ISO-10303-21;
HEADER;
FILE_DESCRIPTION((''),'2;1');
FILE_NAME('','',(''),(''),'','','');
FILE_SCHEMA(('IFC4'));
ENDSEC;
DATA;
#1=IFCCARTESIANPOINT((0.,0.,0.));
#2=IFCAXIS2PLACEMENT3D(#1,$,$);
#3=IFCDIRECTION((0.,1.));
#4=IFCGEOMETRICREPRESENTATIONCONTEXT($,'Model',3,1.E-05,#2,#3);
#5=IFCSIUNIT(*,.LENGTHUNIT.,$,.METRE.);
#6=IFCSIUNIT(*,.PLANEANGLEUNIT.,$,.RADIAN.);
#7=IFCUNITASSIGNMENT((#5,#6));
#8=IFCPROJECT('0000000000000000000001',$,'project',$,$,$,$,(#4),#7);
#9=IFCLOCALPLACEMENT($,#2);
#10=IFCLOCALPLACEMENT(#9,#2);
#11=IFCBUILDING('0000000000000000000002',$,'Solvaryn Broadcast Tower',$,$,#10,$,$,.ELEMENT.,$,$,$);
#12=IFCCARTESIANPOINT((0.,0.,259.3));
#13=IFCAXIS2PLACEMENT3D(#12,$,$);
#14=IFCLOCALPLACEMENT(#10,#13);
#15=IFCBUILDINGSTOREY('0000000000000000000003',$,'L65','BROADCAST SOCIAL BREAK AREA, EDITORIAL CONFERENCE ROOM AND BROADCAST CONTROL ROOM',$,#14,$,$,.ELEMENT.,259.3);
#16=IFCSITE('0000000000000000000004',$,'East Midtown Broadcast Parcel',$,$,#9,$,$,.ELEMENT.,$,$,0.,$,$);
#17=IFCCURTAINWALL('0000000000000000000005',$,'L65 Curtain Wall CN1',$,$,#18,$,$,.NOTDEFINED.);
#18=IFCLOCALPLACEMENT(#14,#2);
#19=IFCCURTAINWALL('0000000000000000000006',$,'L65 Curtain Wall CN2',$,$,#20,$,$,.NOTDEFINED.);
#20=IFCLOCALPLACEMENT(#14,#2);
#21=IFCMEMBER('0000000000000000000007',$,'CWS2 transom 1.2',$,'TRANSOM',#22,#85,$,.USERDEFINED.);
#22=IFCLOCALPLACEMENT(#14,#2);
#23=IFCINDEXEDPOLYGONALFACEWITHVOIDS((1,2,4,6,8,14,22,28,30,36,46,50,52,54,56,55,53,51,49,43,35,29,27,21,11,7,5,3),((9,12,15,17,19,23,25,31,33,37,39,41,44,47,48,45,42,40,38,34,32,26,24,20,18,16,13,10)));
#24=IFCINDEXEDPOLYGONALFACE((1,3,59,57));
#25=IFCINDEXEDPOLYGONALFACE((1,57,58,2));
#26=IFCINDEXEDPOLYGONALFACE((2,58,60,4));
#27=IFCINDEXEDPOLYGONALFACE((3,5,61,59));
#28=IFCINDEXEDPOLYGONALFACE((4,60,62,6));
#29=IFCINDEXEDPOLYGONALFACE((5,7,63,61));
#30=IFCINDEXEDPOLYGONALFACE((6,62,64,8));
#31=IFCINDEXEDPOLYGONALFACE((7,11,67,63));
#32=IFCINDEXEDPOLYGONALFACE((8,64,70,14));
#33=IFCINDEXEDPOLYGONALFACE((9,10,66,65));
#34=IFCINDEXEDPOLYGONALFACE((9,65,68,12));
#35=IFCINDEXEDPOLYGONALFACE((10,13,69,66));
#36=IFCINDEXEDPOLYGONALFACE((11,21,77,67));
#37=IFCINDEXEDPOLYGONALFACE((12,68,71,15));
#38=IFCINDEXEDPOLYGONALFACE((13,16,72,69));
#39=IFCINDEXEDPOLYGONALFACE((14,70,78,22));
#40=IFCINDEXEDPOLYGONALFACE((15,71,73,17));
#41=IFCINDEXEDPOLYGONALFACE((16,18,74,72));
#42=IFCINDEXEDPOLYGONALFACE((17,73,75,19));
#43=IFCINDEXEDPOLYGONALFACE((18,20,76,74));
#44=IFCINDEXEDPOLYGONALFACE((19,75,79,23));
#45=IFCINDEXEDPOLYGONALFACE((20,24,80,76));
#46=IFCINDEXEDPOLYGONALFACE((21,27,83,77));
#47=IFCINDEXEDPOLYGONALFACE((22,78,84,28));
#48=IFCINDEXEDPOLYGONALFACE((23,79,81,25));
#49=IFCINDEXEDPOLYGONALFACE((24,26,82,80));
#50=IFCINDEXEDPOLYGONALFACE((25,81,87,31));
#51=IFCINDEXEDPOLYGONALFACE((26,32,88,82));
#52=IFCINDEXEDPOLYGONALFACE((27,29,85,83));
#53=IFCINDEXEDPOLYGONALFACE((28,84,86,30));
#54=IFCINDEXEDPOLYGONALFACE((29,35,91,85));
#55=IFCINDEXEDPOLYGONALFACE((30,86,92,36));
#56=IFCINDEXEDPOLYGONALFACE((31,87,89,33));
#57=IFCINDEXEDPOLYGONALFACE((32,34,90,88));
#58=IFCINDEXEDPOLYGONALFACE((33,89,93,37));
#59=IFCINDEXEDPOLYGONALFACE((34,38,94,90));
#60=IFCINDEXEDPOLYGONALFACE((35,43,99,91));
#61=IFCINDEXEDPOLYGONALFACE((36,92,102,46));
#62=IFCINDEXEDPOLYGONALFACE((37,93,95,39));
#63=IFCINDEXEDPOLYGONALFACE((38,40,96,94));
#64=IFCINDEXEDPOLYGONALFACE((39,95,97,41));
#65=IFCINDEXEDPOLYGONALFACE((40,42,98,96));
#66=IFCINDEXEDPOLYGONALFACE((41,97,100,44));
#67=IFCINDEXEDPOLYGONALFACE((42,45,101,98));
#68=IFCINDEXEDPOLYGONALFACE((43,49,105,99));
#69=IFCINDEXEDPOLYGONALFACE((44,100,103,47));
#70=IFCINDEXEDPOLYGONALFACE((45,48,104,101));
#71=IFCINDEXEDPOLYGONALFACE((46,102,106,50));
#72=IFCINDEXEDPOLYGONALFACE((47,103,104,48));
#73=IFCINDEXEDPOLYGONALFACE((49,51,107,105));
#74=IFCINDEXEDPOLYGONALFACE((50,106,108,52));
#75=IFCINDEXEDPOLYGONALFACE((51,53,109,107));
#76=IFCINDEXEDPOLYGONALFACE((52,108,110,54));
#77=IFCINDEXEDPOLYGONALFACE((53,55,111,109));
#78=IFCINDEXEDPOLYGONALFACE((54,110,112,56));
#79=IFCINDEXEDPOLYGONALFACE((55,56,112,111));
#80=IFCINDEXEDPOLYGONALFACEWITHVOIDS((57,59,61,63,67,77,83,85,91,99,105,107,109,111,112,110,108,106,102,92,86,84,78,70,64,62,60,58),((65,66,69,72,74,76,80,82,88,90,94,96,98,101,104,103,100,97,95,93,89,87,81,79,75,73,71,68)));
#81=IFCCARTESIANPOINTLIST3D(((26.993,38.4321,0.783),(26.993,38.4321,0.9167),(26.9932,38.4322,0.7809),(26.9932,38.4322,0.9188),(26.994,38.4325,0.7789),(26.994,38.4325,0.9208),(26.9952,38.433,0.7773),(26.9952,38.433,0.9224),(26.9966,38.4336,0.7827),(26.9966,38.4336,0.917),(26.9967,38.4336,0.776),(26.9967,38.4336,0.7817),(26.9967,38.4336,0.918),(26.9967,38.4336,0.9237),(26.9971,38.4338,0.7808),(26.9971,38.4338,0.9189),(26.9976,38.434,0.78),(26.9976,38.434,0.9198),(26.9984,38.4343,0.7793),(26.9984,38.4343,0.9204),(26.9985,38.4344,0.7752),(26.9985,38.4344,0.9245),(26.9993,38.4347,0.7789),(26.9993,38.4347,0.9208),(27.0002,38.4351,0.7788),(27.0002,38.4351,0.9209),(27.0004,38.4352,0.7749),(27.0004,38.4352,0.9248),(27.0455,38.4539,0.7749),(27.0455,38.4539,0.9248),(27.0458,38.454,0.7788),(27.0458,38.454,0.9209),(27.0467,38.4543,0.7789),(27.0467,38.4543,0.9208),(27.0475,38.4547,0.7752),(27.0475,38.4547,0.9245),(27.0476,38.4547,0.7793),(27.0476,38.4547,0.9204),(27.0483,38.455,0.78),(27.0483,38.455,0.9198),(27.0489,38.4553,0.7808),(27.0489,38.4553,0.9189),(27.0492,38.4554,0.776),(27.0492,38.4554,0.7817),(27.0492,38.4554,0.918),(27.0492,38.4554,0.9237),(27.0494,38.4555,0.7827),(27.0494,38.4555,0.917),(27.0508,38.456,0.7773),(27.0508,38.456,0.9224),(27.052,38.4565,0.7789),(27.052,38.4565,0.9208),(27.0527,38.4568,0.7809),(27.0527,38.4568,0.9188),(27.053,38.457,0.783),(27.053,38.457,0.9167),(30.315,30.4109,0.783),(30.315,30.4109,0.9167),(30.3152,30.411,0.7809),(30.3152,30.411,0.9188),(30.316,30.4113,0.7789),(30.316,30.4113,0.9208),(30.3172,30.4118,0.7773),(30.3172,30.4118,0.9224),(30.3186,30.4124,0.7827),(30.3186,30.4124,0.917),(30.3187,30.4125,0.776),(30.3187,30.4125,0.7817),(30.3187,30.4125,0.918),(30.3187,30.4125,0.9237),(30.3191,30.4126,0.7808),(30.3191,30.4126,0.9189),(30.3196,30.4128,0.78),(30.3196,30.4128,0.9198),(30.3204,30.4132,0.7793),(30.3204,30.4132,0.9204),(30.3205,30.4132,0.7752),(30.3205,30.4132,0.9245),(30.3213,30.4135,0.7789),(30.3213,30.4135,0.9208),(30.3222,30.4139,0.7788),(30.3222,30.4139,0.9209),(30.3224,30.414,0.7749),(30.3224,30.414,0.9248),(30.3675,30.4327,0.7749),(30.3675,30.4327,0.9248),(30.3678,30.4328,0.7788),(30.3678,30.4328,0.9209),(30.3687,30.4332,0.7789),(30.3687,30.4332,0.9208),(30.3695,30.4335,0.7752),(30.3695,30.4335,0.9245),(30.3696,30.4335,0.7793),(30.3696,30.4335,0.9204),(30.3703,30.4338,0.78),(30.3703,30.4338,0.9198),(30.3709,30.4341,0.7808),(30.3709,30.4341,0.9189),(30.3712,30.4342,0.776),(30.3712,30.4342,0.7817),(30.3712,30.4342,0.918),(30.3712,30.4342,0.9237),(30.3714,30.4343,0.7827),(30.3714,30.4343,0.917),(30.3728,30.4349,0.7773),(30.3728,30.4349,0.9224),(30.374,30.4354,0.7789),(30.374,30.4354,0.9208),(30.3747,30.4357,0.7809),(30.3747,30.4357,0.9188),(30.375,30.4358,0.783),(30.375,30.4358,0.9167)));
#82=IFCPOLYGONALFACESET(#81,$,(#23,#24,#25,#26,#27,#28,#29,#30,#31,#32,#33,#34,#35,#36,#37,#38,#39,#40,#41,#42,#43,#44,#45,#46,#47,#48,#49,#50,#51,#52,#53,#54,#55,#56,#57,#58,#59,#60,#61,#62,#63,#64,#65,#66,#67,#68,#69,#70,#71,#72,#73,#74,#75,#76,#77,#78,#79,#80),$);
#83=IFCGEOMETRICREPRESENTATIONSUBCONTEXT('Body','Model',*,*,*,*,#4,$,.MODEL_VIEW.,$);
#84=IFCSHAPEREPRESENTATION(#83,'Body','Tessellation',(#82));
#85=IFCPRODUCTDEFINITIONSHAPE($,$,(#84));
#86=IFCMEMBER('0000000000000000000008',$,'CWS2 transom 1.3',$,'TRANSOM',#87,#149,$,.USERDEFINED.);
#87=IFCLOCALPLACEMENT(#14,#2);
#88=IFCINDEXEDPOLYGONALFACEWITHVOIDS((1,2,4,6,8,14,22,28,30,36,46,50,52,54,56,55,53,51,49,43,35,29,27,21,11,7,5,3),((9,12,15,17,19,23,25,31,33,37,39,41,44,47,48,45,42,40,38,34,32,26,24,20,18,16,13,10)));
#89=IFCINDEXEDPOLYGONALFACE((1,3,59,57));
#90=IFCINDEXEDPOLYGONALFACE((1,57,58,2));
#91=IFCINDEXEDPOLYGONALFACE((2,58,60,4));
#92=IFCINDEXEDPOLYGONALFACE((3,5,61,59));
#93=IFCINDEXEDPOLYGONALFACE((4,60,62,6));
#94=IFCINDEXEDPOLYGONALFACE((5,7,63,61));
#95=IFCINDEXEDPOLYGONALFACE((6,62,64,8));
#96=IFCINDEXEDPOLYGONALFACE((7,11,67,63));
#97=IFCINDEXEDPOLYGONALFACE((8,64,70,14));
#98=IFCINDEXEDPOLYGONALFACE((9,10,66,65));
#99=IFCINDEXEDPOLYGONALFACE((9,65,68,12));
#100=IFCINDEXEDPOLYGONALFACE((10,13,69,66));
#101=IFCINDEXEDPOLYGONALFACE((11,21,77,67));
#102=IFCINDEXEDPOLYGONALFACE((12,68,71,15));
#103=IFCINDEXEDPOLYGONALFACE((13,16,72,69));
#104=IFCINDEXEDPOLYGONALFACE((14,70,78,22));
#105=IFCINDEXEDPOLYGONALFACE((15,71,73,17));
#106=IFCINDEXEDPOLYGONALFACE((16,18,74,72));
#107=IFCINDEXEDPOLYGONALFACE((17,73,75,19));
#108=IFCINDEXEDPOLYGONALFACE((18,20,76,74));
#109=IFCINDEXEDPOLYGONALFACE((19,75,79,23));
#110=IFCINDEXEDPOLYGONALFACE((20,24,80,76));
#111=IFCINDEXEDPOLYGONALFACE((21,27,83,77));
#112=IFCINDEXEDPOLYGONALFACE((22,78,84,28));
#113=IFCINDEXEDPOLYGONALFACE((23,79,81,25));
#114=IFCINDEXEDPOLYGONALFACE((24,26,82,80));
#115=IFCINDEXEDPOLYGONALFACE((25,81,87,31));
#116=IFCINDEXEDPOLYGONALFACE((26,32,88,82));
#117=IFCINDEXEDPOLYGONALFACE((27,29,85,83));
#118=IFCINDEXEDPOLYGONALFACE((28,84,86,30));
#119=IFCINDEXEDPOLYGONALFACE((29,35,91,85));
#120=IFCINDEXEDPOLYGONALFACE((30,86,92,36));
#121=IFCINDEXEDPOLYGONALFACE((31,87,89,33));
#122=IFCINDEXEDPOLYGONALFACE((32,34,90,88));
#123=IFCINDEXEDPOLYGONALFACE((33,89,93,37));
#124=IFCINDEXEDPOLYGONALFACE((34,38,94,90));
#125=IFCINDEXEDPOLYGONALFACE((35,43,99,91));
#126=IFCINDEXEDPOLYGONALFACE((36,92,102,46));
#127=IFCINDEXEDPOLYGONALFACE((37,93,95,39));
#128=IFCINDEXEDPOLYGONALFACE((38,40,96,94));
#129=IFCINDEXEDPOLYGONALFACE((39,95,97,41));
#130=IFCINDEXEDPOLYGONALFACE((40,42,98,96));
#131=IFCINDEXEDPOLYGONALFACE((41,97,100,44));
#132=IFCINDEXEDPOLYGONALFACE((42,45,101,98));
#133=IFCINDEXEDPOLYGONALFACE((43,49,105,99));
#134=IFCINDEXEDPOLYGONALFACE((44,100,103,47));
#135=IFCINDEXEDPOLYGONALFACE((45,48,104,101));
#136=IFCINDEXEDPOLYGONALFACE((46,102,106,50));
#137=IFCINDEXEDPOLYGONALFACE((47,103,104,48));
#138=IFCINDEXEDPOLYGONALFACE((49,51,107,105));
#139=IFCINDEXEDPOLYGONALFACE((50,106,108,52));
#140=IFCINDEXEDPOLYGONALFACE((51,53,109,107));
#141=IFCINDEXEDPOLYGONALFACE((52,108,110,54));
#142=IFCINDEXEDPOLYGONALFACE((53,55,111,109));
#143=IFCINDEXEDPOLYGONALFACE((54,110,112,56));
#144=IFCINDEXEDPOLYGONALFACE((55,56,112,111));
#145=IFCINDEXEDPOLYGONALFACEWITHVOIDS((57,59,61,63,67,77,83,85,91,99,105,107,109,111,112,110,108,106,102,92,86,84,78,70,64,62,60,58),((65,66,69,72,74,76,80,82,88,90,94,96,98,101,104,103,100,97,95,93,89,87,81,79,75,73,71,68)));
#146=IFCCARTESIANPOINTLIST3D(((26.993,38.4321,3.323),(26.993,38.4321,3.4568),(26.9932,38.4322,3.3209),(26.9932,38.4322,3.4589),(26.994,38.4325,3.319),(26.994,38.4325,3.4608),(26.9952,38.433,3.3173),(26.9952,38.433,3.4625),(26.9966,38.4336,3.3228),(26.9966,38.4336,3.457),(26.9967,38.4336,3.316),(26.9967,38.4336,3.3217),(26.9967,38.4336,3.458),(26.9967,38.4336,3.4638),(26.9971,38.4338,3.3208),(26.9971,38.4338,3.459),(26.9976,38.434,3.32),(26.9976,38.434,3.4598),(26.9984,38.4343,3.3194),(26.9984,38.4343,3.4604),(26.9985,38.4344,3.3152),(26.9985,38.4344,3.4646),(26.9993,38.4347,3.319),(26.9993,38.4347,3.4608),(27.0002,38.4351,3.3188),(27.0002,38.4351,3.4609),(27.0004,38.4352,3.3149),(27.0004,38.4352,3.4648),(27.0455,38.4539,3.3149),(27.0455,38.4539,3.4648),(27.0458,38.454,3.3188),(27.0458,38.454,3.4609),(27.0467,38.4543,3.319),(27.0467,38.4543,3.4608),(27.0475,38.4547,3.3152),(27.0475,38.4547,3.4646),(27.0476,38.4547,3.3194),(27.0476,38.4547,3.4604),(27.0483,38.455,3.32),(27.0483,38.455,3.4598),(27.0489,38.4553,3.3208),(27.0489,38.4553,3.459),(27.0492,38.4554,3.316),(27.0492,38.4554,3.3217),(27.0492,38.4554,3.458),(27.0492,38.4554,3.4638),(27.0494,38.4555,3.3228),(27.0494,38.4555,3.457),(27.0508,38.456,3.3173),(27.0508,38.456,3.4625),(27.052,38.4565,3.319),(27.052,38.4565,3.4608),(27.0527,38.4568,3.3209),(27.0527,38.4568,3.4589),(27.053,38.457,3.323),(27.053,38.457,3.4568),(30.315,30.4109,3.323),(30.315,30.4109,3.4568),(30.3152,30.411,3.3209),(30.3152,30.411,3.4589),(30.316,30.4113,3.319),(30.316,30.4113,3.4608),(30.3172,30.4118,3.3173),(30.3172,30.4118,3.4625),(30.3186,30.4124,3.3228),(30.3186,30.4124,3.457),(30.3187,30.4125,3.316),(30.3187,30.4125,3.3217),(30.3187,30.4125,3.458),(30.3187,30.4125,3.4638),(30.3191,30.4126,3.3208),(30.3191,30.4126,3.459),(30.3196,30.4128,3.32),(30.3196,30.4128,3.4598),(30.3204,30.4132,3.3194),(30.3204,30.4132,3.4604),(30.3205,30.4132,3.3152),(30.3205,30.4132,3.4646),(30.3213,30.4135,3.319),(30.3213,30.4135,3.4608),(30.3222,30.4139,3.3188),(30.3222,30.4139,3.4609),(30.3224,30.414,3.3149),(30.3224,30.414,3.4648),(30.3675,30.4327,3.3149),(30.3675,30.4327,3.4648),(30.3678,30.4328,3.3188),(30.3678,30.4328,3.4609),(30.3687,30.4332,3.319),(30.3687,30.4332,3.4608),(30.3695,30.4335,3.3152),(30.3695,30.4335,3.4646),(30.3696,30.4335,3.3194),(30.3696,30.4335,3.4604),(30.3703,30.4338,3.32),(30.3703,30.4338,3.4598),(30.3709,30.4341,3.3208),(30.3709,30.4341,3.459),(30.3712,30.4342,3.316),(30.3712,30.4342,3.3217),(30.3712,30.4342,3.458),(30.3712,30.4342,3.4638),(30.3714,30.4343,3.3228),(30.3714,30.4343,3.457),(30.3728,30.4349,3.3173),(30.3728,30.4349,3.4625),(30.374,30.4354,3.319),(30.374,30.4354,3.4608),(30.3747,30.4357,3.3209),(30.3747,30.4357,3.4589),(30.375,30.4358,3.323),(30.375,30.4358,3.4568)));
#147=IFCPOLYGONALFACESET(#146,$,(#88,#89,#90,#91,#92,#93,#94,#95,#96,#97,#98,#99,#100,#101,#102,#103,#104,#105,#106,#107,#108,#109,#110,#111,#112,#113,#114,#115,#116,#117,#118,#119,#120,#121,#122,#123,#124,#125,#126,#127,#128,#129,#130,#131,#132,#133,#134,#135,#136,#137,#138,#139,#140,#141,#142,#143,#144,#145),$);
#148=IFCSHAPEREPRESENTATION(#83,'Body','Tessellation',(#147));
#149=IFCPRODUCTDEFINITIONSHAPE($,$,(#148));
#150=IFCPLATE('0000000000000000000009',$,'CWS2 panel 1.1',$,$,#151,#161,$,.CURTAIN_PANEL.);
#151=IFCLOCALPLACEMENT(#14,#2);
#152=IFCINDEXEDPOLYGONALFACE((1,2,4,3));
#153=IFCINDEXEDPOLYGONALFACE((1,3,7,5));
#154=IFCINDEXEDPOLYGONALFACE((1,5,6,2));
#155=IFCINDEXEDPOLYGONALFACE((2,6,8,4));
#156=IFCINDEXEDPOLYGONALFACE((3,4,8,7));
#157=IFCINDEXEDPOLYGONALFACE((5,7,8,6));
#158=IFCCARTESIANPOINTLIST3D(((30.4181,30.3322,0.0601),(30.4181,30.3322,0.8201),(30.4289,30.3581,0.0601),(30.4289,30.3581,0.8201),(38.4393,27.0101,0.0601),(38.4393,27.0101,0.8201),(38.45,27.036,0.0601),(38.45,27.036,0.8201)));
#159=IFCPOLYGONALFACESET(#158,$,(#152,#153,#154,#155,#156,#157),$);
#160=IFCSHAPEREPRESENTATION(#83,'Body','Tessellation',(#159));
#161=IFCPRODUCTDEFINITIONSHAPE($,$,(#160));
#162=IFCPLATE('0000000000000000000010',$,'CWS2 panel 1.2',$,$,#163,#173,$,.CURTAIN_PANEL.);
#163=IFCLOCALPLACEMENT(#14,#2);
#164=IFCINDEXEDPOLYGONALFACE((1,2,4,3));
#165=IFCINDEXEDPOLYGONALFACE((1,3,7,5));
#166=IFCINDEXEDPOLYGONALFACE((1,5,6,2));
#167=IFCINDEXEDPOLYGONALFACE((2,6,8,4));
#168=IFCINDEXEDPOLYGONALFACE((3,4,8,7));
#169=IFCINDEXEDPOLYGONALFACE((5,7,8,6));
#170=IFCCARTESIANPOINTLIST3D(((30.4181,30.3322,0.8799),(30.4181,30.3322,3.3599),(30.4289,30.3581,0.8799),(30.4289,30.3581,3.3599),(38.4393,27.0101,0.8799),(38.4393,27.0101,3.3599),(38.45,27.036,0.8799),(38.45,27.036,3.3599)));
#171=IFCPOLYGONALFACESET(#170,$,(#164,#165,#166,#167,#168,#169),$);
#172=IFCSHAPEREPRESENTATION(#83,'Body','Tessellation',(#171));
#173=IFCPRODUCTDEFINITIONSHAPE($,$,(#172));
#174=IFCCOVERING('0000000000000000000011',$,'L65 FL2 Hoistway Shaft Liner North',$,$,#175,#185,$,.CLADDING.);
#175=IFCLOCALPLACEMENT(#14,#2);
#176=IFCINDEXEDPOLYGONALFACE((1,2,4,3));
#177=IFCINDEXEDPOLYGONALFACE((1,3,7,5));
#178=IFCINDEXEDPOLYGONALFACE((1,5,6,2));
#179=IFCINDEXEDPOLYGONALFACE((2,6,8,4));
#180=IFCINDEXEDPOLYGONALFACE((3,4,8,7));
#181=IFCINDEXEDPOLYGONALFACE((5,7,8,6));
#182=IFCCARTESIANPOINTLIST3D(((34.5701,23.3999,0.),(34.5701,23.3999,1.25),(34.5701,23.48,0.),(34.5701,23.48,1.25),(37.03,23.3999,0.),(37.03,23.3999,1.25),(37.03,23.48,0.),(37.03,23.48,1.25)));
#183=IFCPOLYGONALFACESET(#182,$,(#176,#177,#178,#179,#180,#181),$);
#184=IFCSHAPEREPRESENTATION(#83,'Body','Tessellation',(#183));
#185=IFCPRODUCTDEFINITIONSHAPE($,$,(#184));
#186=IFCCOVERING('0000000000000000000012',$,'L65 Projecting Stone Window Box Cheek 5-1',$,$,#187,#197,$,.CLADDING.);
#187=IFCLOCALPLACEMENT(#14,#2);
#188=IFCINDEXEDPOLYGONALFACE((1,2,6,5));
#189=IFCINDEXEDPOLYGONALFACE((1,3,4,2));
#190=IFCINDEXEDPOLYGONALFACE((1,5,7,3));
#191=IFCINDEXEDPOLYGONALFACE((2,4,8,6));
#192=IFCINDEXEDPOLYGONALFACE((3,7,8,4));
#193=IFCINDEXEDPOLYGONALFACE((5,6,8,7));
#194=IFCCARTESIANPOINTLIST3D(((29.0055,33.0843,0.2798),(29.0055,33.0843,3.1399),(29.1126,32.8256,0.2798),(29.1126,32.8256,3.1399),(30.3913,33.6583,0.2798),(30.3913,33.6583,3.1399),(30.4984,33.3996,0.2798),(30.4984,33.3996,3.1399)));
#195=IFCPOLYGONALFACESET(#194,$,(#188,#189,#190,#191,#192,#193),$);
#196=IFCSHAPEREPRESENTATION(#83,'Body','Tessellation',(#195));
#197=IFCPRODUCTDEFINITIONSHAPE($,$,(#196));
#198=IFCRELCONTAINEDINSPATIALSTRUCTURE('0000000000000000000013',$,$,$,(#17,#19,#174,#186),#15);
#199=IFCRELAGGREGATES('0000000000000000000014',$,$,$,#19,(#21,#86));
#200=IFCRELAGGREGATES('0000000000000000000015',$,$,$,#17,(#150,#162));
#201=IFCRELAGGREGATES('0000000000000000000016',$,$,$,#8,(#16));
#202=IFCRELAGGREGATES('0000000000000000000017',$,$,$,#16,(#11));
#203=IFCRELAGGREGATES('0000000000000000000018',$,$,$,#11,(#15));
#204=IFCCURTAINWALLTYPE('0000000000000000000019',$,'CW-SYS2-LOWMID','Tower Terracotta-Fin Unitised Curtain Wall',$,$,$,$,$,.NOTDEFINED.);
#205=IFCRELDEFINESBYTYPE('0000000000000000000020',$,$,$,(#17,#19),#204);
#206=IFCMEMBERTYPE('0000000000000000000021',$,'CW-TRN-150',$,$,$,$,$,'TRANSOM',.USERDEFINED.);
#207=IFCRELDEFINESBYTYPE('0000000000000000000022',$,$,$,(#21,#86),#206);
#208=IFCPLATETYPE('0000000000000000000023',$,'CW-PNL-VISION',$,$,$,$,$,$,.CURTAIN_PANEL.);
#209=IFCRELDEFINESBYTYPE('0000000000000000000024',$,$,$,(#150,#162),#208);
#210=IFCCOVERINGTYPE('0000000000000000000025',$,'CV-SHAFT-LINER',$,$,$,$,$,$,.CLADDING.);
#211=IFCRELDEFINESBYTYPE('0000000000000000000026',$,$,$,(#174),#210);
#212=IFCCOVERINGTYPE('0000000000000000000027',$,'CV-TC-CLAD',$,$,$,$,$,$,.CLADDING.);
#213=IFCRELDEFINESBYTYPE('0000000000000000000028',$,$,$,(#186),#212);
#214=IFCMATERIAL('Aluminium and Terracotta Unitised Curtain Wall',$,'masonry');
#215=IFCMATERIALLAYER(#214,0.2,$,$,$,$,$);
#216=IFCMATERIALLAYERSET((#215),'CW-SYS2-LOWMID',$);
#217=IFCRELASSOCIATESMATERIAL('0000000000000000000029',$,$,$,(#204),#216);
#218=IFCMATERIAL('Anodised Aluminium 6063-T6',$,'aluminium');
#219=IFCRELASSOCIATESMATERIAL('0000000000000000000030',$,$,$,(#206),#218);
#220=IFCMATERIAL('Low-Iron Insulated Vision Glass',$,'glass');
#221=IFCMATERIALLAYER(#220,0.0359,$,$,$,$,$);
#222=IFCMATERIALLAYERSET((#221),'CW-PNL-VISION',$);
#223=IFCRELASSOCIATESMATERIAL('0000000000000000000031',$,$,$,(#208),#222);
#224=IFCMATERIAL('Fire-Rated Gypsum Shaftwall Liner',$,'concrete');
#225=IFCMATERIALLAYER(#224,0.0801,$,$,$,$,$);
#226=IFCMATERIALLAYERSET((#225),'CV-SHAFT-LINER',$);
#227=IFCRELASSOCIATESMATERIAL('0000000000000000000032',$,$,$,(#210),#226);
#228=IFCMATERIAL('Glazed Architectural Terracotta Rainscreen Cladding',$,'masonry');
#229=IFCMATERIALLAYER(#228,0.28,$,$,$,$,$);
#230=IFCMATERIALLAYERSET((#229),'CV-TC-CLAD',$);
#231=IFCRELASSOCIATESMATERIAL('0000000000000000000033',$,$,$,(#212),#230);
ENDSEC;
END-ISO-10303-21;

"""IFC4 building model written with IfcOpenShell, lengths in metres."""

from ifc_helpers import new_model, si_unit, direction, frame, origin, origin_2d, place, context, subcontext, project, spatial, rectangle, hollow_rectangle, extrude, material, layer, layer_set, material_profile, profile_set, type_object, element, aggregate, save


model = new_model("IFC4")

# Units and contexts
model_context = context("Model", 3, precision=1e-05, world=origin(), true_north=direction((0.0, 1.0)))
body_context = subcontext(model_context, "Body", "Model", "MODEL_VIEW")
ifc_project = project(units=[si_unit("LENGTHUNIT", "METRE"), si_unit("PLANEANGLEUNIT", "RADIAN")], contexts=[model_context])

# Site, building, storey
site_placement = place(None, origin())
site = spatial("IfcSite", under=ifc_project, at=site_placement, Name="East Midtown Broadcast Parcel", CompositionType="ELEMENT", RefElevation=0.0)
building_placement = place(site_placement, origin())
building = spatial("IfcBuilding", under=site, at=building_placement, Name="Solvaryn Broadcast Tower", CompositionType="ELEMENT")
storey_placement = place(building_placement, frame((0.0, 0.0, 259.3)))
storey = spatial("IfcBuildingStorey", under=building, at=storey_placement, Name="L65", Description="BROADCAST SOCIAL BREAK AREA, EDITORIAL CONFERENCE ROOM AND BROADCAST CONTROL ROOM", CompositionType="ELEMENT", Elevation=259.3)

# Curtain wall
ifc_material_1 = material(Name="Aluminium and Terracotta Unitised Curtain Wall", Category="masonry")
ifc_layer_1 = layer(ifc_material_1, 0.2)
ifc_layer_set_1 = layer_set([ifc_layer_1], Name="CW-SYS2-LOWMID")
curtain_wall_type = type_object("IfcCurtainWallType", Name="CW-SYS2-LOWMID", Description="Tower Terracotta-Fin Unitised Curtain Wall", PredefinedType="NOTDEFINED", material=ifc_layer_set_1)
curtain_wall_1_placement = place(storey_placement, origin())
curtain_wall_1 = element("IfcCurtainWall", 1, at=curtain_wall_1_placement, inside=storey, type_object=curtain_wall_type, Name="L65 Curtain Wall CN1", PredefinedType="NOTDEFINED")

# Curtain wall
curtain_wall_2_placement = place(storey_placement, origin())
curtain_wall_2 = element("IfcCurtainWall", 2, at=curtain_wall_2_placement, inside=storey, type_object=curtain_wall_type, Name="L65 Curtain Wall CN2", PredefinedType="NOTDEFINED")

# Members
ifc_material_2 = material(Name="Anodised Aluminium 6063-T6", Category="aluminium")
ifc_material_profile_1 = material_profile(ifc_material_2, hollow_rectangle(XDim=0.0649, YDim=0.1499, WallThickness=0.0039, InnerFilletRadius=0.0039, OuterFilletRadius=0.0081, at=origin_2d()))
ifc_profile_set_1 = profile_set([ifc_material_profile_1], Name="Anodised Aluminium 6063-T6")
member_type_1 = type_object("IfcMemberType", Name="CW-TRN-150", ElementType="TRANSOM", PredefinedType="USERDEFINED", material=ifc_profile_set_1)
member_1_placement = place(storey_placement, frame((30.345, 30.4233, 0.8499), z_axis=(-0.382636, 0.923899, 0.0), x_axis=(-0.923899, -0.382636, 0.0)))
member_1 = element("IfcMember", 3, at=member_1_placement, type_object=member_type_1, Name="CWS2 transom 1.2", ObjectType="TRANSOM", PredefinedType="USERDEFINED", context=body_context, shape_type="SweptSolid", body=[
    extrude(hollow_rectangle(XDim=0.0649, YDim=0.1499, WallThickness=0.0039, InnerFilletRadius=0.0039, OuterFilletRadius=0.0081, at=origin_2d()), origin(), (0.0, 0.0, 1.0), 8.6819),
])
member_2_placement = place(storey_placement, frame((30.345, 30.4233, 3.3899), z_axis=(-0.382636, 0.923899, 0.0), x_axis=(-0.923899, -0.382636, 0.0)))
member_2 = element("IfcMember", 4, at=member_2_placement, type_object=member_type_1, Name="CWS2 transom 1.3", ObjectType="TRANSOM", PredefinedType="USERDEFINED", context=body_context, shape_type="SweptSolid", body=[
    extrude(hollow_rectangle(XDim=0.0649, YDim=0.1499, WallThickness=0.0039, InnerFilletRadius=0.0039, OuterFilletRadius=0.0081, at=origin_2d()), origin(), (0.0, 0.0, 1.0), 8.6819),
])
aggregate(curtain_wall_2, [member_1, member_2])

# Plates
ifc_material_3 = material(Name="Low-Iron Insulated Vision Glass", Category="glass")
ifc_layer_2 = layer(ifc_material_3, 0.0359)
ifc_layer_set_2 = layer_set([ifc_layer_2], Name="CW-PNL-VISION")
plate_type = type_object("IfcPlateType", Name="CW-PNL-VISION", PredefinedType="CURTAIN_PANEL", material=ifc_layer_set_2)
plate_1_placement = place(storey_placement, frame((34.4341, 28.6841, 0.0601), z_axis=(0.0, 0.0, 1.0), x_axis=(-0.923895, 0.382646, 0.0)))
plate_1 = element("IfcPlate", 5, at=plate_1_placement, type_object=plate_type, Name="CWS2 panel 1.1", PredefinedType="CURTAIN_PANEL", context=body_context, shape_type="SweptSolid", body=[
    extrude(rectangle(XDim=8.6819, YDim=0.0281, at=origin_2d()), origin(), (0.0, 0.0, 1.0), 0.76),
])
plate_2_placement = place(storey_placement, frame((34.4341, 28.6841, 0.8799), z_axis=(0.0, 0.0, 1.0), x_axis=(-0.923895, 0.382646, 0.0)))
plate_2 = element("IfcPlate", 6, at=plate_2_placement, type_object=plate_type, Name="CWS2 panel 1.2", PredefinedType="CURTAIN_PANEL", context=body_context, shape_type="SweptSolid", body=[
    extrude(rectangle(XDim=8.6819, YDim=0.0281, at=origin_2d()), origin(), (0.0, 0.0, 1.0), 2.48),
])
aggregate(curtain_wall_1, [plate_1, plate_2])

# Coverings
ifc_material_4 = material(Name="Fire-Rated Gypsum Shaftwall Liner", Category="concrete")
ifc_layer_3 = layer(ifc_material_4, 0.0801)
ifc_layer_set_3 = layer_set([ifc_layer_3], Name="CV-SHAFT-LINER")
covering_type_1 = type_object("IfcCoveringType", Name="CV-SHAFT-LINER", PredefinedType="CLADDING", material=ifc_layer_set_3)
covering_1_placement = place(storey_placement, frame((35.8, 23.4399, 0.0), z_axis=(0.0, 0.0, 1.0), x_axis=(1.0, 0.0, 0.0)))
element("IfcCovering", 7, at=covering_1_placement, inside=storey, type_object=covering_type_1, Name="L65 FL2 Hoistway Shaft Liner North", PredefinedType="CLADDING", context=body_context, shape_type="SweptSolid", body=[
    extrude(rectangle(XDim=2.46, YDim=0.0801, at=origin_2d()), origin(), (0.0, 0.0, 1.0), 1.25),
])
ifc_material_5 = material(Name="Glazed Architectural Terracotta Rainscreen Cladding", Category="masonry")
ifc_layer_4 = layer(ifc_material_5, 0.28)
ifc_layer_set_4 = layer_set([ifc_layer_4], Name="CV-TC-CLAD")
covering_type_2 = type_object("IfcCoveringType", Name="CV-TC-CLAD", PredefinedType="CLADDING", material=ifc_layer_set_4)
covering_2_placement = place(storey_placement, frame((29.752, 33.2419, 0.2798), z_axis=(0.0, 0.0, 1.0), x_axis=(-0.382683, 0.92388, 0.0)))
element("IfcCovering", 8, at=covering_2_placement, inside=storey, type_object=covering_type_2, Name="L65 Projecting Stone Window Box Cheek 5-1", PredefinedType="CLADDING", context=body_context, shape_type="SweptSolid", body=[
    extrude(rectangle(XDim=0.28, YDim=1.5, at=origin_2d()), origin(), (0.0, 0.0, 1.0), 2.8601),
])

save(model, "model.ifc")
